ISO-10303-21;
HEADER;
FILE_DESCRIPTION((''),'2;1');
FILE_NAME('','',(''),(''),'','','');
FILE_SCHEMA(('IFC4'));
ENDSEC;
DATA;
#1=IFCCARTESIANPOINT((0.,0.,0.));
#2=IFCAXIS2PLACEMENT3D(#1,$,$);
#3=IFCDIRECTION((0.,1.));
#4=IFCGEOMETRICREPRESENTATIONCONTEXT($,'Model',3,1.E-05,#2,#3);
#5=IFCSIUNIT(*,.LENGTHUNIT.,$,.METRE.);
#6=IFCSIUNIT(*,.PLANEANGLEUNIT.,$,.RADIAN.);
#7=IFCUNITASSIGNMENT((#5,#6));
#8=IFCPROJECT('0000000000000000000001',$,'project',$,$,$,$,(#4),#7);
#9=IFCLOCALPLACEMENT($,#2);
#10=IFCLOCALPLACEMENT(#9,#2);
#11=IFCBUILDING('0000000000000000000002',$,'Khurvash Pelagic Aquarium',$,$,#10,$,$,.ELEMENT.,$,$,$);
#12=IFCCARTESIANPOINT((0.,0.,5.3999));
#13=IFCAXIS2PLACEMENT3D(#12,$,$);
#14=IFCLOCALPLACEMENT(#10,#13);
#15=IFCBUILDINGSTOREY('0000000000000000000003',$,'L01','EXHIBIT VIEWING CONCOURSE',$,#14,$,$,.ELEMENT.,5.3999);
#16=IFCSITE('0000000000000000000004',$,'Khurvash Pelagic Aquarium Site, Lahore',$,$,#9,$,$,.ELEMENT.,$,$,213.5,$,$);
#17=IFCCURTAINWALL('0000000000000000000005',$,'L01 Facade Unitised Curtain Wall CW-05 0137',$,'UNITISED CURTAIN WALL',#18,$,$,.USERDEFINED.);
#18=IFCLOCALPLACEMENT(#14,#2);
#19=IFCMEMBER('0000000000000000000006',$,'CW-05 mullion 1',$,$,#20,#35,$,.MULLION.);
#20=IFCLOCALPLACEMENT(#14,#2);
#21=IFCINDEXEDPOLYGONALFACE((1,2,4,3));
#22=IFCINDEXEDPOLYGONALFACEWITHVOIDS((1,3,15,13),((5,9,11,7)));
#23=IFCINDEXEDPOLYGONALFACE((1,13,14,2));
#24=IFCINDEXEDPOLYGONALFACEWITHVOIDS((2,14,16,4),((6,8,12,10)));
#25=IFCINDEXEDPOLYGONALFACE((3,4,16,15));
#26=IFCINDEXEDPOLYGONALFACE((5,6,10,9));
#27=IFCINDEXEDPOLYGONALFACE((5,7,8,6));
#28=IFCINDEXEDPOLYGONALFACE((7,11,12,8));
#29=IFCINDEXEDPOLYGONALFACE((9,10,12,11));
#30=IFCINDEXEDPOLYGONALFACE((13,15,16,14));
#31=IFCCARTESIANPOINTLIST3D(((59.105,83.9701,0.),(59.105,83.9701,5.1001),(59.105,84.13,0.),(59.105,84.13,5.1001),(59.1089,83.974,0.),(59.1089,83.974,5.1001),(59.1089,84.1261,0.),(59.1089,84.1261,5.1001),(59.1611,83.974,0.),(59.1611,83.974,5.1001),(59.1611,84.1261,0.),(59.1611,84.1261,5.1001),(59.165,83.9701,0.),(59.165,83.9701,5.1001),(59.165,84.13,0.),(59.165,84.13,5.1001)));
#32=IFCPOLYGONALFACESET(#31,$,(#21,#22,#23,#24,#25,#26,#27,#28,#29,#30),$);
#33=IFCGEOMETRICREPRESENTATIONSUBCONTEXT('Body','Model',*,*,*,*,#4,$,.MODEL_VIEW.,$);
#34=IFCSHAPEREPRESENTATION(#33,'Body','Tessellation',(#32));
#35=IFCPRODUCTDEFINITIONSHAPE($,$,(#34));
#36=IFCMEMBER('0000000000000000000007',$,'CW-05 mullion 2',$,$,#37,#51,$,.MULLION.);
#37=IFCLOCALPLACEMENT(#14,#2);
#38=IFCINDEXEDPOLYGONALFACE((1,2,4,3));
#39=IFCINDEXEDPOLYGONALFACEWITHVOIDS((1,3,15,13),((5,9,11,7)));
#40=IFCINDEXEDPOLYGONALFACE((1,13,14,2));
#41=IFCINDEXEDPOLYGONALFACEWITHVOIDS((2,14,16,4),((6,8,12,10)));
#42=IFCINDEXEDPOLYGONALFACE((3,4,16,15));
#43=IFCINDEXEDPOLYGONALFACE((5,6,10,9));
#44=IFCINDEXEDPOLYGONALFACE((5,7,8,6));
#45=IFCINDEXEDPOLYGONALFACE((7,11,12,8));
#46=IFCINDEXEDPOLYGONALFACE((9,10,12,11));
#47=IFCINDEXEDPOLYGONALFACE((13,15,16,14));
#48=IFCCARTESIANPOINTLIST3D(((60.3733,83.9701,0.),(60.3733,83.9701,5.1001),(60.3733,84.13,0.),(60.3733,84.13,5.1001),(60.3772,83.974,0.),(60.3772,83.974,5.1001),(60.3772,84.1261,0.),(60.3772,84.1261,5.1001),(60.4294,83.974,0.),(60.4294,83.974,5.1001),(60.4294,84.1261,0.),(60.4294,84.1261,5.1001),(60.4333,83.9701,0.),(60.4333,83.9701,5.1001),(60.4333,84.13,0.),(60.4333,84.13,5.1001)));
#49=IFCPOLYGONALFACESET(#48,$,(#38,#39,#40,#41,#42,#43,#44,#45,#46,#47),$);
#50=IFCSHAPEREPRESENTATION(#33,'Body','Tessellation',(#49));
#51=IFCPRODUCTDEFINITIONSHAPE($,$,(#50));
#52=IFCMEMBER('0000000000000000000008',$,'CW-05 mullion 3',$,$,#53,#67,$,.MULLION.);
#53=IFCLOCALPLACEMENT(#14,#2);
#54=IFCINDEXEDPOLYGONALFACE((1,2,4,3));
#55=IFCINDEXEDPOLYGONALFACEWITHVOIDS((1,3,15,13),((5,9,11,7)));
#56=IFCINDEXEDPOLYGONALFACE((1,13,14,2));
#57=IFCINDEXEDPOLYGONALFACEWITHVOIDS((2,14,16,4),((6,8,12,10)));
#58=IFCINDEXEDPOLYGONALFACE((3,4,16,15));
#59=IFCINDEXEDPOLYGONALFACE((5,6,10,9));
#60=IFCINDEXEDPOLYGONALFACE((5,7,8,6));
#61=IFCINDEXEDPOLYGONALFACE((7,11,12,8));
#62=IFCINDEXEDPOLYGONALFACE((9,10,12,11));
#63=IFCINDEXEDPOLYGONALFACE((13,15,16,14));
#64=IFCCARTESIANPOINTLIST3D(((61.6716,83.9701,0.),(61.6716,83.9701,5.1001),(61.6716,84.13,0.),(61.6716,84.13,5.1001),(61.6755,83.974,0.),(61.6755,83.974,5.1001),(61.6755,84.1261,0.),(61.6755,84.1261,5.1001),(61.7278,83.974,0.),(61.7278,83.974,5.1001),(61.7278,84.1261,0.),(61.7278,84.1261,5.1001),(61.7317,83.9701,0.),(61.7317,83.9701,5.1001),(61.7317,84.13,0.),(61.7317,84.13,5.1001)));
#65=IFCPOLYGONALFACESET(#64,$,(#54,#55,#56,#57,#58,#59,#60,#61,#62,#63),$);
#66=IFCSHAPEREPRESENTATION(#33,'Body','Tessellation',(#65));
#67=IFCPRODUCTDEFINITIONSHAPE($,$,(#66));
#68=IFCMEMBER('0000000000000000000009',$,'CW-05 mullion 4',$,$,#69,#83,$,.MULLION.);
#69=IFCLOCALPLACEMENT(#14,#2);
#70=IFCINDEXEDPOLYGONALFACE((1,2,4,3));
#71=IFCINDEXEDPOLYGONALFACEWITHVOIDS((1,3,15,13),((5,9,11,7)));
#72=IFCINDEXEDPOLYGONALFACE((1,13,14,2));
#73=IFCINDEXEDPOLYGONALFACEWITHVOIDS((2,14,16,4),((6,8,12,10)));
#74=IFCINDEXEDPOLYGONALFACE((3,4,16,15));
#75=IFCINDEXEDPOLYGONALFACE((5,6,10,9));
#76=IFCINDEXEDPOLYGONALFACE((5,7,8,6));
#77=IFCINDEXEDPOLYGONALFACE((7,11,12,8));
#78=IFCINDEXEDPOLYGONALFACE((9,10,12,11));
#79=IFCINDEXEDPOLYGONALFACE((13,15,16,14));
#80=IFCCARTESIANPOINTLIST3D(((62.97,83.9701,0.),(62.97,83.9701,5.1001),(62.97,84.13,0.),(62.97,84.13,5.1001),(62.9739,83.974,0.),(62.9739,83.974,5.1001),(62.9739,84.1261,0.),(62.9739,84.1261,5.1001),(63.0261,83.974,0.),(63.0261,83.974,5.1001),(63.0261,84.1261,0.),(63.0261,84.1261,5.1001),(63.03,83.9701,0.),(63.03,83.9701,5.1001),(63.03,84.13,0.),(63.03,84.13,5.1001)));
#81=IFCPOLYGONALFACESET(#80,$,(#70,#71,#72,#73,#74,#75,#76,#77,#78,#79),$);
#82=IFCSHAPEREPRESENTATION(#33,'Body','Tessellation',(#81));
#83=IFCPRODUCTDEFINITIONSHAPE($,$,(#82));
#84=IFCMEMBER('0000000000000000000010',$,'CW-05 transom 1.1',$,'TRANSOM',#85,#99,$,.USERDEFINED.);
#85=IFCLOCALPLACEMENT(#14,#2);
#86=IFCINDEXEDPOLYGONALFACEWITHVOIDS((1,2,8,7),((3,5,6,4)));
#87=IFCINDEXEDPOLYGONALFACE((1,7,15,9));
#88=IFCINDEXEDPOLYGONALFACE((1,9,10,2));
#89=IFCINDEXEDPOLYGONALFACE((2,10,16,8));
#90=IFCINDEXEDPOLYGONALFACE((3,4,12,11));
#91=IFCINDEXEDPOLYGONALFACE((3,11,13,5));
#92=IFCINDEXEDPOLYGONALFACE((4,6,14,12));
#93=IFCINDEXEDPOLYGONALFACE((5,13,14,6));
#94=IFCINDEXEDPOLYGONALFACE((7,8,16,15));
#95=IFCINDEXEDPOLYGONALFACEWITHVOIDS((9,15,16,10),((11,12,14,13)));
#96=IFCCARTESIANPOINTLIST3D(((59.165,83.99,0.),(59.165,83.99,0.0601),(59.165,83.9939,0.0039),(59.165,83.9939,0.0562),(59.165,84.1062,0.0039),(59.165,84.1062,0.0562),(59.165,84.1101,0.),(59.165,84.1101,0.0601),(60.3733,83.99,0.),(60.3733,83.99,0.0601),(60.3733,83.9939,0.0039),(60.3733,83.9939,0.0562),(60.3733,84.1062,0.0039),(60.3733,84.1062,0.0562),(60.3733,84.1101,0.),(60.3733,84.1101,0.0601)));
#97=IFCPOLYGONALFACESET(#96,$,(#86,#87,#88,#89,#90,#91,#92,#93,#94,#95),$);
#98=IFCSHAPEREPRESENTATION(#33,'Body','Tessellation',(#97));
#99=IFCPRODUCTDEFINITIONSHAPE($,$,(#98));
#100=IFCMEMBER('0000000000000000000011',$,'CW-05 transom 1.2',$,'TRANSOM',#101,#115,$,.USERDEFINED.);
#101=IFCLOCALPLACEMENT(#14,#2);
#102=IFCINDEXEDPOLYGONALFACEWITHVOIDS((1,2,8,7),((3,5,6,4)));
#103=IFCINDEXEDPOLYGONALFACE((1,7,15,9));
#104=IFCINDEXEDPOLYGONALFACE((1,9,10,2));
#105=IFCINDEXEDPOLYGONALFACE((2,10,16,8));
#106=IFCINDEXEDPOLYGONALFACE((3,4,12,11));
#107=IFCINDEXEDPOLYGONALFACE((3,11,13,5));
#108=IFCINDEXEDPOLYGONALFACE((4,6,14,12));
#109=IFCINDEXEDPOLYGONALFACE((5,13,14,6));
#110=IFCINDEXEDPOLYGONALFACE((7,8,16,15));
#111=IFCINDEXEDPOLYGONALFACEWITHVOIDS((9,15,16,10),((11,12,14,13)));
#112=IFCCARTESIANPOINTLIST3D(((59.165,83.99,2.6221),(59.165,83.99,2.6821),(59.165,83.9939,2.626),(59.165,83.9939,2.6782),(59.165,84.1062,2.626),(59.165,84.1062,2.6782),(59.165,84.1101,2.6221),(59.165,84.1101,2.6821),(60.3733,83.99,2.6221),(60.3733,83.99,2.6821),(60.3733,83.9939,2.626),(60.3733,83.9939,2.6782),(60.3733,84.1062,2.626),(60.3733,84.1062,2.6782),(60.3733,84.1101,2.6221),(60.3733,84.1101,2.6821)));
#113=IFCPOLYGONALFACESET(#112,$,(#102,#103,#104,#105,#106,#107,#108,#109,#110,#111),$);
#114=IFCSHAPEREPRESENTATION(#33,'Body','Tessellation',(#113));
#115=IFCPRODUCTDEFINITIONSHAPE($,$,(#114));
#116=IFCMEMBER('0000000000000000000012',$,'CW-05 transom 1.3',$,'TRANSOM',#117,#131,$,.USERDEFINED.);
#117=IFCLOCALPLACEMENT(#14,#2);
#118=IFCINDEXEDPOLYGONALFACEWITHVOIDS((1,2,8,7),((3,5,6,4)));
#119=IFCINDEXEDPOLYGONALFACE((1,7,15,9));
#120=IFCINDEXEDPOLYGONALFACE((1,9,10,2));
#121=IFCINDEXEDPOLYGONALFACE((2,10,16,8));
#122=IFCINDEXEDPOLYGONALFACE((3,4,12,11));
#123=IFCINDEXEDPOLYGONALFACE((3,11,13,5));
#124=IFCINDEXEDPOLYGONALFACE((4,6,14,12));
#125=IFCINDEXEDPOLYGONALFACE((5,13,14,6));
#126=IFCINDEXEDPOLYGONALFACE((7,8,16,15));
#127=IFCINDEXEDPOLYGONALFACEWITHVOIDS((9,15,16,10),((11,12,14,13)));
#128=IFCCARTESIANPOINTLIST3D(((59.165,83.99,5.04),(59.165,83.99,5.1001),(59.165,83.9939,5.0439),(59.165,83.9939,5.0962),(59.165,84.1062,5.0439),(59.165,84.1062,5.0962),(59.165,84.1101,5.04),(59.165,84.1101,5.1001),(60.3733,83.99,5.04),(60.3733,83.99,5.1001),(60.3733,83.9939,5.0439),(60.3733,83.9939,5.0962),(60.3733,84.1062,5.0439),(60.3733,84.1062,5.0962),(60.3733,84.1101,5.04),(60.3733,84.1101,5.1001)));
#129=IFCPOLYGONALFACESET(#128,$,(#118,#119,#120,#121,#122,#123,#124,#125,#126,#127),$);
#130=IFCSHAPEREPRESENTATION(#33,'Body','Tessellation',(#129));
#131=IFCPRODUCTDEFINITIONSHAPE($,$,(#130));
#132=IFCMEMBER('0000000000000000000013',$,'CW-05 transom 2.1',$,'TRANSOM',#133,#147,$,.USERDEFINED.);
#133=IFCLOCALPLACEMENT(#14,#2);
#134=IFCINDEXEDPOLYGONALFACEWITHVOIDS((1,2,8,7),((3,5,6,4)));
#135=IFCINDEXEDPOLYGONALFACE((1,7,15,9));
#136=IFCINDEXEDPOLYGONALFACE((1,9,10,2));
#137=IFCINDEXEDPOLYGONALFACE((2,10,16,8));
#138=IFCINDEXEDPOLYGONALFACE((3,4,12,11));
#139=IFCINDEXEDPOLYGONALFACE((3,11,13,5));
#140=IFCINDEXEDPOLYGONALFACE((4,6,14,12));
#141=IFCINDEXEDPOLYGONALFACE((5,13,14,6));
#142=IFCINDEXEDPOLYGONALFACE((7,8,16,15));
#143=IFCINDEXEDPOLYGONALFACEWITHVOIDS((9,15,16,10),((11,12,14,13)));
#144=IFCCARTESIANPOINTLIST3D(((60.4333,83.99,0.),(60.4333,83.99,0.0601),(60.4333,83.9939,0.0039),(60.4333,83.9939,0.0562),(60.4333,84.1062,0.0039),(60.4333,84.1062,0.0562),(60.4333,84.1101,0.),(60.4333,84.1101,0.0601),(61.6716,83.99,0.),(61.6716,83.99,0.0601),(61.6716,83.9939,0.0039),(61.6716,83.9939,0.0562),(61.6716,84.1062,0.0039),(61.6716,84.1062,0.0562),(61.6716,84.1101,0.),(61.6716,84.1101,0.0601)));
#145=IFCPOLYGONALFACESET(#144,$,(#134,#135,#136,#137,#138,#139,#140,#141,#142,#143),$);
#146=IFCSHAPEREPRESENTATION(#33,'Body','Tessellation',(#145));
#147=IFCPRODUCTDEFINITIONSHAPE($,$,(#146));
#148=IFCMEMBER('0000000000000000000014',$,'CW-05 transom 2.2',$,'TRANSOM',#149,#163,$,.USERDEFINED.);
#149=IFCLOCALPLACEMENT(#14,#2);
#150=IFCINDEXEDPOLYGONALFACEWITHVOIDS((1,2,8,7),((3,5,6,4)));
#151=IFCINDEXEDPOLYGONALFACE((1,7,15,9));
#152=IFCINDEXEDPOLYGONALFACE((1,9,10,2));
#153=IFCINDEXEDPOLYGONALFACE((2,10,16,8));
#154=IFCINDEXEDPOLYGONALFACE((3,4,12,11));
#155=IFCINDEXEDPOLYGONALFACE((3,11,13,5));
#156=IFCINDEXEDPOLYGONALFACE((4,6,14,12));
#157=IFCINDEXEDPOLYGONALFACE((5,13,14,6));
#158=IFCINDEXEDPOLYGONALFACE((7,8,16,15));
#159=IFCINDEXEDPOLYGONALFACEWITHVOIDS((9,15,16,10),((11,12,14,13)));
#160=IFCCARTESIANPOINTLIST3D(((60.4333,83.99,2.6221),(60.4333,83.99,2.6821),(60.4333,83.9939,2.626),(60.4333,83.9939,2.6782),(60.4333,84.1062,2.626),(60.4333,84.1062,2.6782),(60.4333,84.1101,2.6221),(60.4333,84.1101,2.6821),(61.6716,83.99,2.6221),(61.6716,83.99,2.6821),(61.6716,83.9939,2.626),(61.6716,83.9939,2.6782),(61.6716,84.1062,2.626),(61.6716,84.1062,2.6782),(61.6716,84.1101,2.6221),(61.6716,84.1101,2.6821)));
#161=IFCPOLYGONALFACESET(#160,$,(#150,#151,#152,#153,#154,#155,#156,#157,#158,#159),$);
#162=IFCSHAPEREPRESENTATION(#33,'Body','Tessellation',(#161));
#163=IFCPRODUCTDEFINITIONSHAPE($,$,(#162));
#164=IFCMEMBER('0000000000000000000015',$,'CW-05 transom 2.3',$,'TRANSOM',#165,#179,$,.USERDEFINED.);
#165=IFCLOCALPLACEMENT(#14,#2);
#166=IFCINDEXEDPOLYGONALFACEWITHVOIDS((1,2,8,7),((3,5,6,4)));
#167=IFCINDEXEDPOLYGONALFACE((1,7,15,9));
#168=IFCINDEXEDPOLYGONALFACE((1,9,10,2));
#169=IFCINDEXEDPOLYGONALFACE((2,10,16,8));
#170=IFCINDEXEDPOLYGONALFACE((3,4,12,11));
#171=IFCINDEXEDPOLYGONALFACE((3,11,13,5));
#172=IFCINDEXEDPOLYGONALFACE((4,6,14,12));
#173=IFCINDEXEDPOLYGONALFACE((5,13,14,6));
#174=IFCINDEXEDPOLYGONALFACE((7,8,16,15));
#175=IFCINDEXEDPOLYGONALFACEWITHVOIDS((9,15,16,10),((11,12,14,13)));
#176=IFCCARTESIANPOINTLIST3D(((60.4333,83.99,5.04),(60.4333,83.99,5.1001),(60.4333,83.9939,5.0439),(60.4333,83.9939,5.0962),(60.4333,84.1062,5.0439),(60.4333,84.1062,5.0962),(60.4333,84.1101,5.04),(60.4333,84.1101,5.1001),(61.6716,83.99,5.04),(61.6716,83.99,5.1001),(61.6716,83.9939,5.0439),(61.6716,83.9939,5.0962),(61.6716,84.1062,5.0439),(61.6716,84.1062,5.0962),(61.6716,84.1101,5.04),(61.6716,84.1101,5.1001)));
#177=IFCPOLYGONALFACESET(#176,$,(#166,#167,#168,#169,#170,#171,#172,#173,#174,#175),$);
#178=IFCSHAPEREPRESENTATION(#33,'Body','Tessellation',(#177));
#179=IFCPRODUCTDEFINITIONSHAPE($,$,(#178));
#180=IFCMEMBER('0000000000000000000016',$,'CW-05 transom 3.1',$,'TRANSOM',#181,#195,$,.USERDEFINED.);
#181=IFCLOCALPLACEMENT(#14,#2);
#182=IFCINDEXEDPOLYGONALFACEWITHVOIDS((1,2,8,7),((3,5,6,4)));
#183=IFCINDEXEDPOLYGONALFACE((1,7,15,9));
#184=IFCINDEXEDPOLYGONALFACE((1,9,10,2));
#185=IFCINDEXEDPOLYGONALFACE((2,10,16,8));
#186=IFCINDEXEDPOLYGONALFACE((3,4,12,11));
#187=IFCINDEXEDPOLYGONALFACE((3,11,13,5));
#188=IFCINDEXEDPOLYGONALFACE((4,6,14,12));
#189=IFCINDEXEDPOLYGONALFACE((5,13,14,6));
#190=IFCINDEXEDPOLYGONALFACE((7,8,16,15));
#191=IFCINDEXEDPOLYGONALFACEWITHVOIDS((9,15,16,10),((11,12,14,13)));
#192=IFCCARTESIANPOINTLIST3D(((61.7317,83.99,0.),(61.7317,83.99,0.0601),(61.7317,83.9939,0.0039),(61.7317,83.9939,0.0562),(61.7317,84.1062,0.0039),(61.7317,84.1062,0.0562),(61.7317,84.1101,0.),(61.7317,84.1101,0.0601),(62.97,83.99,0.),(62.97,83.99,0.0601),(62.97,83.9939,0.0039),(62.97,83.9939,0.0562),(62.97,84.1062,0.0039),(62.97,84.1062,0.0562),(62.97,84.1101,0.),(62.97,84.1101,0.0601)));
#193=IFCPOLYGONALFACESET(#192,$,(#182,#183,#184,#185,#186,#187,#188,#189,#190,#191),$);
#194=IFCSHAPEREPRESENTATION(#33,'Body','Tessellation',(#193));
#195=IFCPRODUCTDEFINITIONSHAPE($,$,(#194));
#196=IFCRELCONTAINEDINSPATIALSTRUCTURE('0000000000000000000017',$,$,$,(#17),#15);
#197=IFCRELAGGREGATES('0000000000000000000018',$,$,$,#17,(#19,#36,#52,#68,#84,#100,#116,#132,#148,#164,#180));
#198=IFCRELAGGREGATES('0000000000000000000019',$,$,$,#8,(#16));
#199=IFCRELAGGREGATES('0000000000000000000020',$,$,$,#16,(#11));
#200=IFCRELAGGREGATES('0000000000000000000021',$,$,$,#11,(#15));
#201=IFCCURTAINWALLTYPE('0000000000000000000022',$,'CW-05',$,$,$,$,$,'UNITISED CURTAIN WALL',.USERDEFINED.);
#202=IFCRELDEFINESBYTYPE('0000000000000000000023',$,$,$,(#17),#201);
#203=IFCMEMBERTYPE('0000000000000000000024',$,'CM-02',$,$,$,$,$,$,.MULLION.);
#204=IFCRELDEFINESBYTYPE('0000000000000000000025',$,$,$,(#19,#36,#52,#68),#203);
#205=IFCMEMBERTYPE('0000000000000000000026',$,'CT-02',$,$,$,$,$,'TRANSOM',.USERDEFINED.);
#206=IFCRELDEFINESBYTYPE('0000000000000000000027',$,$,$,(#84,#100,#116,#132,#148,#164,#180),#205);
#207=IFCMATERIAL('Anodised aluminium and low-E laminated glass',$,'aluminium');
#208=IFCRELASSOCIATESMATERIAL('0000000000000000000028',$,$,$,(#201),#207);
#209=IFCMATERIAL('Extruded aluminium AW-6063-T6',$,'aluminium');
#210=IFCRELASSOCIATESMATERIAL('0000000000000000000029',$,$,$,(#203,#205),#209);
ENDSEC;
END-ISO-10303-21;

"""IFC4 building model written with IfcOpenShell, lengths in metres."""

from ifc_helpers import new_model, si_unit, direction, frame, origin, origin_2d, place, context, subcontext, project, spatial, hollow_rectangle, extrude, material, material_profile, profile_set, type_object, element, aggregate, save


model = new_model("IFC4")

# Units and contexts
model_context = context("Model", 3, precision=1e-05, world=origin(), true_north=direction((0.0, 1.0)))
body_context = subcontext(model_context, "Body", "Model", "MODEL_VIEW")
ifc_project = project(units=[si_unit("LENGTHUNIT", "METRE"), si_unit("PLANEANGLEUNIT", "RADIAN")], contexts=[model_context])

# Site, building, storey
site_placement = place(None, origin())
site = spatial("IfcSite", under=ifc_project, at=site_placement, Name="Khurvash Pelagic Aquarium Site, Lahore", CompositionType="ELEMENT", RefElevation=213.5)
building_placement = place(site_placement, origin())
building = spatial("IfcBuilding", under=site, at=building_placement, Name="Khurvash Pelagic Aquarium", CompositionType="ELEMENT")
storey_placement = place(building_placement, frame((0.0, 0.0, 5.3999)))
storey = spatial("IfcBuildingStorey", under=building, at=storey_placement, Name="L01", Description="EXHIBIT VIEWING CONCOURSE", CompositionType="ELEMENT", Elevation=5.3999)

# Curtain wall, members
ifc_material_1 = material(Name="Anodised aluminium and low-E laminated glass", Category="aluminium")
curtain_wall_type = type_object("IfcCurtainWallType", Name="CW-05", ElementType="UNITISED CURTAIN WALL", PredefinedType="USERDEFINED", material=ifc_material_1)
curtain_wall_placement = place(storey_placement, origin())
curtain_wall = element("IfcCurtainWall", 1, at=curtain_wall_placement, inside=storey, type_object=curtain_wall_type, Name="L01 Facade Unitised Curtain Wall CW-05 0137", ObjectType="UNITISED CURTAIN WALL", PredefinedType="USERDEFINED")
ifc_material_2 = material(Name="Extruded aluminium AW-6063-T6", Category="aluminium")
ifc_material_profile_1 = material_profile(ifc_material_2, hollow_rectangle(XDim=0.0601, YDim=0.1599, WallThickness=0.0039, at=origin_2d()), Name="CWM60X160X4")
ifc_profile_set_1 = profile_set([ifc_material_profile_1], Name="Extruded aluminium AW-6063-T6")
member_type_1 = type_object("IfcMemberType", Name="CM-02", PredefinedType="MULLION", material=ifc_profile_set_1)
member_1_placement = place(storey_placement, frame((59.135, 84.05, 0.0), z_axis=(0.0, 0.0, 1.0), x_axis=(1.0, 0.0, 0.0)))
member_1 = element("IfcMember", 2, at=member_1_placement, type_object=member_type_1, Name="CW-05 mullion 1", PredefinedType="MULLION", context=body_context, shape_type="SweptSolid", body=[
    extrude(hollow_rectangle(XDim=0.0601, YDim=0.1599, WallThickness=0.0039, at=origin_2d()), origin(), (0.0, 0.0, 1.0), 5.1001),
])
member_2_placement = place(storey_placement, frame((60.4033, 84.05, 0.0), z_axis=(0.0, 0.0, 1.0), x_axis=(1.0, 0.0, 0.0)))
member_2 = element("IfcMember", 3, at=member_2_placement, type_object=member_type_1, Name="CW-05 mullion 2", PredefinedType="MULLION", context=body_context, shape_type="SweptSolid", body=[
    extrude(hollow_rectangle(XDim=0.0601, YDim=0.1599, WallThickness=0.0039, at=origin_2d()), origin(), (0.0, 0.0, 1.0), 5.1001),
])
member_3_placement = place(storey_placement, frame((61.7017, 84.05, 0.0), z_axis=(0.0, 0.0, 1.0), x_axis=(1.0, 0.0, 0.0)))
member_3 = element("IfcMember", 4, at=member_3_placement, type_object=member_type_1, Name="CW-05 mullion 3", PredefinedType="MULLION", context=body_context, shape_type="SweptSolid", body=[
    extrude(hollow_rectangle(XDim=0.0601, YDim=0.1599, WallThickness=0.0039, at=origin_2d()), origin(), (0.0, 0.0, 1.0), 5.1001),
])
member_4_placement = place(storey_placement, frame((63.0, 84.05, 0.0), z_axis=(0.0, 0.0, 1.0), x_axis=(1.0, 0.0, 0.0)))
member_4 = element("IfcMember", 5, at=member_4_placement, type_object=member_type_1, Name="CW-05 mullion 4", PredefinedType="MULLION", context=body_context, shape_type="SweptSolid", body=[
    extrude(hollow_rectangle(XDim=0.0601, YDim=0.1599, WallThickness=0.0039, at=origin_2d()), origin(), (0.0, 0.0, 1.0), 5.1001),
])
ifc_material_profile_2 = material_profile(ifc_material_2, hollow_rectangle(XDim=0.1201, YDim=0.0601, WallThickness=0.0039, at=origin_2d()), Name="CWT120X60X4")
ifc_profile_set_2 = profile_set([ifc_material_profile_2], Name="Extruded aluminium AW-6063-T6")
member_type_2 = type_object("IfcMemberType", Name="CT-02", ElementType="TRANSOM", PredefinedType="USERDEFINED", material=ifc_profile_set_2)
member_5_placement = place(storey_placement, frame((59.165, 84.05, 0.03), z_axis=(1.0, 0.0, 0.0), x_axis=(0.0, 1.0, 0.0)))
member_5 = element("IfcMember", 6, at=member_5_placement, type_object=member_type_2, Name="CW-05 transom 1.1", ObjectType="TRANSOM", PredefinedType="USERDEFINED", context=body_context, shape_type="SweptSolid", body=[
    extrude(hollow_rectangle(XDim=0.1201, YDim=0.0601, WallThickness=0.0039, at=origin_2d()), origin(), (0.0, 0.0, 1.0), 1.2083),
])
member_6_placement = place(storey_placement, frame((59.165, 84.05, 2.6521), z_axis=(1.0, 0.0, 0.0), x_axis=(0.0, 1.0, 0.0)))
member_6 = element("IfcMember", 7, at=member_6_placement, type_object=member_type_2, Name="CW-05 transom 1.2", ObjectType="TRANSOM", PredefinedType="USERDEFINED", context=body_context, shape_type="SweptSolid", body=[
    extrude(hollow_rectangle(XDim=0.1201, YDim=0.0601, WallThickness=0.0039, at=origin_2d()), origin(), (0.0, 0.0, 1.0), 1.2083),
])
member_7_placement = place(storey_placement, frame((59.165, 84.05, 5.0701), z_axis=(1.0, 0.0, 0.0), x_axis=(0.0, 1.0, 0.0)))
member_7 = element("IfcMember", 8, at=member_7_placement, type_object=member_type_2, Name="CW-05 transom 1.3", ObjectType="TRANSOM", PredefinedType="USERDEFINED", context=body_context, shape_type="SweptSolid", body=[
    extrude(hollow_rectangle(XDim=0.1201, YDim=0.0601, WallThickness=0.0039, at=origin_2d()), origin(), (0.0, 0.0, 1.0), 1.2083),
])
member_8_placement = place(storey_placement, frame((60.4333, 84.05, 0.03), z_axis=(1.0, 0.0, 0.0), x_axis=(0.0, 1.0, 0.0)))
member_8 = element("IfcMember", 9, at=member_8_placement, type_object=member_type_2, Name="CW-05 transom 2.1", ObjectType="TRANSOM", PredefinedType="USERDEFINED", context=body_context, shape_type="SweptSolid", body=[
    extrude(hollow_rectangle(XDim=0.1201, YDim=0.0601, WallThickness=0.0039, at=origin_2d()), origin(), (0.0, 0.0, 1.0), 1.2383),
])
member_9_placement = place(storey_placement, frame((60.4333, 84.05, 2.6521), z_axis=(1.0, 0.0, 0.0), x_axis=(0.0, 1.0, 0.0)))
member_9 = element("IfcMember", 10, at=member_9_placement, type_object=member_type_2, Name="CW-05 transom 2.2", ObjectType="TRANSOM", PredefinedType="USERDEFINED", context=body_context, shape_type="SweptSolid", body=[
    extrude(hollow_rectangle(XDim=0.1201, YDim=0.0601, WallThickness=0.0039, at=origin_2d()), origin(), (0.0, 0.0, 1.0), 1.2383),
])
member_10_placement = place(storey_placement, frame((60.4333, 84.05, 5.0701), z_axis=(1.0, 0.0, 0.0), x_axis=(0.0, 1.0, 0.0)))
member_10 = element("IfcMember", 11, at=member_10_placement, type_object=member_type_2, Name="CW-05 transom 2.3", ObjectType="TRANSOM", PredefinedType="USERDEFINED", context=body_context, shape_type="SweptSolid", body=[
    extrude(hollow_rectangle(XDim=0.1201, YDim=0.0601, WallThickness=0.0039, at=origin_2d()), origin(), (0.0, 0.0, 1.0), 1.2383),
])
member_11_placement = place(storey_placement, frame((61.7317, 84.05, 0.03), z_axis=(1.0, 0.0, 0.0), x_axis=(0.0, 1.0, 0.0)))
member_11 = element("IfcMember", 12, at=member_11_placement, type_object=member_type_2, Name="CW-05 transom 3.1", ObjectType="TRANSOM", PredefinedType="USERDEFINED", context=body_context, shape_type="SweptSolid", body=[
    extrude(hollow_rectangle(XDim=0.1201, YDim=0.0601, WallThickness=0.0039, at=origin_2d()), origin(), (0.0, 0.0, 1.0), 1.2383),
])

aggregate(curtain_wall, [member_1, member_2, member_3, member_4, member_5, member_6, member_7, member_8, member_9, member_10, member_11])

save(model, "model.ifc")
